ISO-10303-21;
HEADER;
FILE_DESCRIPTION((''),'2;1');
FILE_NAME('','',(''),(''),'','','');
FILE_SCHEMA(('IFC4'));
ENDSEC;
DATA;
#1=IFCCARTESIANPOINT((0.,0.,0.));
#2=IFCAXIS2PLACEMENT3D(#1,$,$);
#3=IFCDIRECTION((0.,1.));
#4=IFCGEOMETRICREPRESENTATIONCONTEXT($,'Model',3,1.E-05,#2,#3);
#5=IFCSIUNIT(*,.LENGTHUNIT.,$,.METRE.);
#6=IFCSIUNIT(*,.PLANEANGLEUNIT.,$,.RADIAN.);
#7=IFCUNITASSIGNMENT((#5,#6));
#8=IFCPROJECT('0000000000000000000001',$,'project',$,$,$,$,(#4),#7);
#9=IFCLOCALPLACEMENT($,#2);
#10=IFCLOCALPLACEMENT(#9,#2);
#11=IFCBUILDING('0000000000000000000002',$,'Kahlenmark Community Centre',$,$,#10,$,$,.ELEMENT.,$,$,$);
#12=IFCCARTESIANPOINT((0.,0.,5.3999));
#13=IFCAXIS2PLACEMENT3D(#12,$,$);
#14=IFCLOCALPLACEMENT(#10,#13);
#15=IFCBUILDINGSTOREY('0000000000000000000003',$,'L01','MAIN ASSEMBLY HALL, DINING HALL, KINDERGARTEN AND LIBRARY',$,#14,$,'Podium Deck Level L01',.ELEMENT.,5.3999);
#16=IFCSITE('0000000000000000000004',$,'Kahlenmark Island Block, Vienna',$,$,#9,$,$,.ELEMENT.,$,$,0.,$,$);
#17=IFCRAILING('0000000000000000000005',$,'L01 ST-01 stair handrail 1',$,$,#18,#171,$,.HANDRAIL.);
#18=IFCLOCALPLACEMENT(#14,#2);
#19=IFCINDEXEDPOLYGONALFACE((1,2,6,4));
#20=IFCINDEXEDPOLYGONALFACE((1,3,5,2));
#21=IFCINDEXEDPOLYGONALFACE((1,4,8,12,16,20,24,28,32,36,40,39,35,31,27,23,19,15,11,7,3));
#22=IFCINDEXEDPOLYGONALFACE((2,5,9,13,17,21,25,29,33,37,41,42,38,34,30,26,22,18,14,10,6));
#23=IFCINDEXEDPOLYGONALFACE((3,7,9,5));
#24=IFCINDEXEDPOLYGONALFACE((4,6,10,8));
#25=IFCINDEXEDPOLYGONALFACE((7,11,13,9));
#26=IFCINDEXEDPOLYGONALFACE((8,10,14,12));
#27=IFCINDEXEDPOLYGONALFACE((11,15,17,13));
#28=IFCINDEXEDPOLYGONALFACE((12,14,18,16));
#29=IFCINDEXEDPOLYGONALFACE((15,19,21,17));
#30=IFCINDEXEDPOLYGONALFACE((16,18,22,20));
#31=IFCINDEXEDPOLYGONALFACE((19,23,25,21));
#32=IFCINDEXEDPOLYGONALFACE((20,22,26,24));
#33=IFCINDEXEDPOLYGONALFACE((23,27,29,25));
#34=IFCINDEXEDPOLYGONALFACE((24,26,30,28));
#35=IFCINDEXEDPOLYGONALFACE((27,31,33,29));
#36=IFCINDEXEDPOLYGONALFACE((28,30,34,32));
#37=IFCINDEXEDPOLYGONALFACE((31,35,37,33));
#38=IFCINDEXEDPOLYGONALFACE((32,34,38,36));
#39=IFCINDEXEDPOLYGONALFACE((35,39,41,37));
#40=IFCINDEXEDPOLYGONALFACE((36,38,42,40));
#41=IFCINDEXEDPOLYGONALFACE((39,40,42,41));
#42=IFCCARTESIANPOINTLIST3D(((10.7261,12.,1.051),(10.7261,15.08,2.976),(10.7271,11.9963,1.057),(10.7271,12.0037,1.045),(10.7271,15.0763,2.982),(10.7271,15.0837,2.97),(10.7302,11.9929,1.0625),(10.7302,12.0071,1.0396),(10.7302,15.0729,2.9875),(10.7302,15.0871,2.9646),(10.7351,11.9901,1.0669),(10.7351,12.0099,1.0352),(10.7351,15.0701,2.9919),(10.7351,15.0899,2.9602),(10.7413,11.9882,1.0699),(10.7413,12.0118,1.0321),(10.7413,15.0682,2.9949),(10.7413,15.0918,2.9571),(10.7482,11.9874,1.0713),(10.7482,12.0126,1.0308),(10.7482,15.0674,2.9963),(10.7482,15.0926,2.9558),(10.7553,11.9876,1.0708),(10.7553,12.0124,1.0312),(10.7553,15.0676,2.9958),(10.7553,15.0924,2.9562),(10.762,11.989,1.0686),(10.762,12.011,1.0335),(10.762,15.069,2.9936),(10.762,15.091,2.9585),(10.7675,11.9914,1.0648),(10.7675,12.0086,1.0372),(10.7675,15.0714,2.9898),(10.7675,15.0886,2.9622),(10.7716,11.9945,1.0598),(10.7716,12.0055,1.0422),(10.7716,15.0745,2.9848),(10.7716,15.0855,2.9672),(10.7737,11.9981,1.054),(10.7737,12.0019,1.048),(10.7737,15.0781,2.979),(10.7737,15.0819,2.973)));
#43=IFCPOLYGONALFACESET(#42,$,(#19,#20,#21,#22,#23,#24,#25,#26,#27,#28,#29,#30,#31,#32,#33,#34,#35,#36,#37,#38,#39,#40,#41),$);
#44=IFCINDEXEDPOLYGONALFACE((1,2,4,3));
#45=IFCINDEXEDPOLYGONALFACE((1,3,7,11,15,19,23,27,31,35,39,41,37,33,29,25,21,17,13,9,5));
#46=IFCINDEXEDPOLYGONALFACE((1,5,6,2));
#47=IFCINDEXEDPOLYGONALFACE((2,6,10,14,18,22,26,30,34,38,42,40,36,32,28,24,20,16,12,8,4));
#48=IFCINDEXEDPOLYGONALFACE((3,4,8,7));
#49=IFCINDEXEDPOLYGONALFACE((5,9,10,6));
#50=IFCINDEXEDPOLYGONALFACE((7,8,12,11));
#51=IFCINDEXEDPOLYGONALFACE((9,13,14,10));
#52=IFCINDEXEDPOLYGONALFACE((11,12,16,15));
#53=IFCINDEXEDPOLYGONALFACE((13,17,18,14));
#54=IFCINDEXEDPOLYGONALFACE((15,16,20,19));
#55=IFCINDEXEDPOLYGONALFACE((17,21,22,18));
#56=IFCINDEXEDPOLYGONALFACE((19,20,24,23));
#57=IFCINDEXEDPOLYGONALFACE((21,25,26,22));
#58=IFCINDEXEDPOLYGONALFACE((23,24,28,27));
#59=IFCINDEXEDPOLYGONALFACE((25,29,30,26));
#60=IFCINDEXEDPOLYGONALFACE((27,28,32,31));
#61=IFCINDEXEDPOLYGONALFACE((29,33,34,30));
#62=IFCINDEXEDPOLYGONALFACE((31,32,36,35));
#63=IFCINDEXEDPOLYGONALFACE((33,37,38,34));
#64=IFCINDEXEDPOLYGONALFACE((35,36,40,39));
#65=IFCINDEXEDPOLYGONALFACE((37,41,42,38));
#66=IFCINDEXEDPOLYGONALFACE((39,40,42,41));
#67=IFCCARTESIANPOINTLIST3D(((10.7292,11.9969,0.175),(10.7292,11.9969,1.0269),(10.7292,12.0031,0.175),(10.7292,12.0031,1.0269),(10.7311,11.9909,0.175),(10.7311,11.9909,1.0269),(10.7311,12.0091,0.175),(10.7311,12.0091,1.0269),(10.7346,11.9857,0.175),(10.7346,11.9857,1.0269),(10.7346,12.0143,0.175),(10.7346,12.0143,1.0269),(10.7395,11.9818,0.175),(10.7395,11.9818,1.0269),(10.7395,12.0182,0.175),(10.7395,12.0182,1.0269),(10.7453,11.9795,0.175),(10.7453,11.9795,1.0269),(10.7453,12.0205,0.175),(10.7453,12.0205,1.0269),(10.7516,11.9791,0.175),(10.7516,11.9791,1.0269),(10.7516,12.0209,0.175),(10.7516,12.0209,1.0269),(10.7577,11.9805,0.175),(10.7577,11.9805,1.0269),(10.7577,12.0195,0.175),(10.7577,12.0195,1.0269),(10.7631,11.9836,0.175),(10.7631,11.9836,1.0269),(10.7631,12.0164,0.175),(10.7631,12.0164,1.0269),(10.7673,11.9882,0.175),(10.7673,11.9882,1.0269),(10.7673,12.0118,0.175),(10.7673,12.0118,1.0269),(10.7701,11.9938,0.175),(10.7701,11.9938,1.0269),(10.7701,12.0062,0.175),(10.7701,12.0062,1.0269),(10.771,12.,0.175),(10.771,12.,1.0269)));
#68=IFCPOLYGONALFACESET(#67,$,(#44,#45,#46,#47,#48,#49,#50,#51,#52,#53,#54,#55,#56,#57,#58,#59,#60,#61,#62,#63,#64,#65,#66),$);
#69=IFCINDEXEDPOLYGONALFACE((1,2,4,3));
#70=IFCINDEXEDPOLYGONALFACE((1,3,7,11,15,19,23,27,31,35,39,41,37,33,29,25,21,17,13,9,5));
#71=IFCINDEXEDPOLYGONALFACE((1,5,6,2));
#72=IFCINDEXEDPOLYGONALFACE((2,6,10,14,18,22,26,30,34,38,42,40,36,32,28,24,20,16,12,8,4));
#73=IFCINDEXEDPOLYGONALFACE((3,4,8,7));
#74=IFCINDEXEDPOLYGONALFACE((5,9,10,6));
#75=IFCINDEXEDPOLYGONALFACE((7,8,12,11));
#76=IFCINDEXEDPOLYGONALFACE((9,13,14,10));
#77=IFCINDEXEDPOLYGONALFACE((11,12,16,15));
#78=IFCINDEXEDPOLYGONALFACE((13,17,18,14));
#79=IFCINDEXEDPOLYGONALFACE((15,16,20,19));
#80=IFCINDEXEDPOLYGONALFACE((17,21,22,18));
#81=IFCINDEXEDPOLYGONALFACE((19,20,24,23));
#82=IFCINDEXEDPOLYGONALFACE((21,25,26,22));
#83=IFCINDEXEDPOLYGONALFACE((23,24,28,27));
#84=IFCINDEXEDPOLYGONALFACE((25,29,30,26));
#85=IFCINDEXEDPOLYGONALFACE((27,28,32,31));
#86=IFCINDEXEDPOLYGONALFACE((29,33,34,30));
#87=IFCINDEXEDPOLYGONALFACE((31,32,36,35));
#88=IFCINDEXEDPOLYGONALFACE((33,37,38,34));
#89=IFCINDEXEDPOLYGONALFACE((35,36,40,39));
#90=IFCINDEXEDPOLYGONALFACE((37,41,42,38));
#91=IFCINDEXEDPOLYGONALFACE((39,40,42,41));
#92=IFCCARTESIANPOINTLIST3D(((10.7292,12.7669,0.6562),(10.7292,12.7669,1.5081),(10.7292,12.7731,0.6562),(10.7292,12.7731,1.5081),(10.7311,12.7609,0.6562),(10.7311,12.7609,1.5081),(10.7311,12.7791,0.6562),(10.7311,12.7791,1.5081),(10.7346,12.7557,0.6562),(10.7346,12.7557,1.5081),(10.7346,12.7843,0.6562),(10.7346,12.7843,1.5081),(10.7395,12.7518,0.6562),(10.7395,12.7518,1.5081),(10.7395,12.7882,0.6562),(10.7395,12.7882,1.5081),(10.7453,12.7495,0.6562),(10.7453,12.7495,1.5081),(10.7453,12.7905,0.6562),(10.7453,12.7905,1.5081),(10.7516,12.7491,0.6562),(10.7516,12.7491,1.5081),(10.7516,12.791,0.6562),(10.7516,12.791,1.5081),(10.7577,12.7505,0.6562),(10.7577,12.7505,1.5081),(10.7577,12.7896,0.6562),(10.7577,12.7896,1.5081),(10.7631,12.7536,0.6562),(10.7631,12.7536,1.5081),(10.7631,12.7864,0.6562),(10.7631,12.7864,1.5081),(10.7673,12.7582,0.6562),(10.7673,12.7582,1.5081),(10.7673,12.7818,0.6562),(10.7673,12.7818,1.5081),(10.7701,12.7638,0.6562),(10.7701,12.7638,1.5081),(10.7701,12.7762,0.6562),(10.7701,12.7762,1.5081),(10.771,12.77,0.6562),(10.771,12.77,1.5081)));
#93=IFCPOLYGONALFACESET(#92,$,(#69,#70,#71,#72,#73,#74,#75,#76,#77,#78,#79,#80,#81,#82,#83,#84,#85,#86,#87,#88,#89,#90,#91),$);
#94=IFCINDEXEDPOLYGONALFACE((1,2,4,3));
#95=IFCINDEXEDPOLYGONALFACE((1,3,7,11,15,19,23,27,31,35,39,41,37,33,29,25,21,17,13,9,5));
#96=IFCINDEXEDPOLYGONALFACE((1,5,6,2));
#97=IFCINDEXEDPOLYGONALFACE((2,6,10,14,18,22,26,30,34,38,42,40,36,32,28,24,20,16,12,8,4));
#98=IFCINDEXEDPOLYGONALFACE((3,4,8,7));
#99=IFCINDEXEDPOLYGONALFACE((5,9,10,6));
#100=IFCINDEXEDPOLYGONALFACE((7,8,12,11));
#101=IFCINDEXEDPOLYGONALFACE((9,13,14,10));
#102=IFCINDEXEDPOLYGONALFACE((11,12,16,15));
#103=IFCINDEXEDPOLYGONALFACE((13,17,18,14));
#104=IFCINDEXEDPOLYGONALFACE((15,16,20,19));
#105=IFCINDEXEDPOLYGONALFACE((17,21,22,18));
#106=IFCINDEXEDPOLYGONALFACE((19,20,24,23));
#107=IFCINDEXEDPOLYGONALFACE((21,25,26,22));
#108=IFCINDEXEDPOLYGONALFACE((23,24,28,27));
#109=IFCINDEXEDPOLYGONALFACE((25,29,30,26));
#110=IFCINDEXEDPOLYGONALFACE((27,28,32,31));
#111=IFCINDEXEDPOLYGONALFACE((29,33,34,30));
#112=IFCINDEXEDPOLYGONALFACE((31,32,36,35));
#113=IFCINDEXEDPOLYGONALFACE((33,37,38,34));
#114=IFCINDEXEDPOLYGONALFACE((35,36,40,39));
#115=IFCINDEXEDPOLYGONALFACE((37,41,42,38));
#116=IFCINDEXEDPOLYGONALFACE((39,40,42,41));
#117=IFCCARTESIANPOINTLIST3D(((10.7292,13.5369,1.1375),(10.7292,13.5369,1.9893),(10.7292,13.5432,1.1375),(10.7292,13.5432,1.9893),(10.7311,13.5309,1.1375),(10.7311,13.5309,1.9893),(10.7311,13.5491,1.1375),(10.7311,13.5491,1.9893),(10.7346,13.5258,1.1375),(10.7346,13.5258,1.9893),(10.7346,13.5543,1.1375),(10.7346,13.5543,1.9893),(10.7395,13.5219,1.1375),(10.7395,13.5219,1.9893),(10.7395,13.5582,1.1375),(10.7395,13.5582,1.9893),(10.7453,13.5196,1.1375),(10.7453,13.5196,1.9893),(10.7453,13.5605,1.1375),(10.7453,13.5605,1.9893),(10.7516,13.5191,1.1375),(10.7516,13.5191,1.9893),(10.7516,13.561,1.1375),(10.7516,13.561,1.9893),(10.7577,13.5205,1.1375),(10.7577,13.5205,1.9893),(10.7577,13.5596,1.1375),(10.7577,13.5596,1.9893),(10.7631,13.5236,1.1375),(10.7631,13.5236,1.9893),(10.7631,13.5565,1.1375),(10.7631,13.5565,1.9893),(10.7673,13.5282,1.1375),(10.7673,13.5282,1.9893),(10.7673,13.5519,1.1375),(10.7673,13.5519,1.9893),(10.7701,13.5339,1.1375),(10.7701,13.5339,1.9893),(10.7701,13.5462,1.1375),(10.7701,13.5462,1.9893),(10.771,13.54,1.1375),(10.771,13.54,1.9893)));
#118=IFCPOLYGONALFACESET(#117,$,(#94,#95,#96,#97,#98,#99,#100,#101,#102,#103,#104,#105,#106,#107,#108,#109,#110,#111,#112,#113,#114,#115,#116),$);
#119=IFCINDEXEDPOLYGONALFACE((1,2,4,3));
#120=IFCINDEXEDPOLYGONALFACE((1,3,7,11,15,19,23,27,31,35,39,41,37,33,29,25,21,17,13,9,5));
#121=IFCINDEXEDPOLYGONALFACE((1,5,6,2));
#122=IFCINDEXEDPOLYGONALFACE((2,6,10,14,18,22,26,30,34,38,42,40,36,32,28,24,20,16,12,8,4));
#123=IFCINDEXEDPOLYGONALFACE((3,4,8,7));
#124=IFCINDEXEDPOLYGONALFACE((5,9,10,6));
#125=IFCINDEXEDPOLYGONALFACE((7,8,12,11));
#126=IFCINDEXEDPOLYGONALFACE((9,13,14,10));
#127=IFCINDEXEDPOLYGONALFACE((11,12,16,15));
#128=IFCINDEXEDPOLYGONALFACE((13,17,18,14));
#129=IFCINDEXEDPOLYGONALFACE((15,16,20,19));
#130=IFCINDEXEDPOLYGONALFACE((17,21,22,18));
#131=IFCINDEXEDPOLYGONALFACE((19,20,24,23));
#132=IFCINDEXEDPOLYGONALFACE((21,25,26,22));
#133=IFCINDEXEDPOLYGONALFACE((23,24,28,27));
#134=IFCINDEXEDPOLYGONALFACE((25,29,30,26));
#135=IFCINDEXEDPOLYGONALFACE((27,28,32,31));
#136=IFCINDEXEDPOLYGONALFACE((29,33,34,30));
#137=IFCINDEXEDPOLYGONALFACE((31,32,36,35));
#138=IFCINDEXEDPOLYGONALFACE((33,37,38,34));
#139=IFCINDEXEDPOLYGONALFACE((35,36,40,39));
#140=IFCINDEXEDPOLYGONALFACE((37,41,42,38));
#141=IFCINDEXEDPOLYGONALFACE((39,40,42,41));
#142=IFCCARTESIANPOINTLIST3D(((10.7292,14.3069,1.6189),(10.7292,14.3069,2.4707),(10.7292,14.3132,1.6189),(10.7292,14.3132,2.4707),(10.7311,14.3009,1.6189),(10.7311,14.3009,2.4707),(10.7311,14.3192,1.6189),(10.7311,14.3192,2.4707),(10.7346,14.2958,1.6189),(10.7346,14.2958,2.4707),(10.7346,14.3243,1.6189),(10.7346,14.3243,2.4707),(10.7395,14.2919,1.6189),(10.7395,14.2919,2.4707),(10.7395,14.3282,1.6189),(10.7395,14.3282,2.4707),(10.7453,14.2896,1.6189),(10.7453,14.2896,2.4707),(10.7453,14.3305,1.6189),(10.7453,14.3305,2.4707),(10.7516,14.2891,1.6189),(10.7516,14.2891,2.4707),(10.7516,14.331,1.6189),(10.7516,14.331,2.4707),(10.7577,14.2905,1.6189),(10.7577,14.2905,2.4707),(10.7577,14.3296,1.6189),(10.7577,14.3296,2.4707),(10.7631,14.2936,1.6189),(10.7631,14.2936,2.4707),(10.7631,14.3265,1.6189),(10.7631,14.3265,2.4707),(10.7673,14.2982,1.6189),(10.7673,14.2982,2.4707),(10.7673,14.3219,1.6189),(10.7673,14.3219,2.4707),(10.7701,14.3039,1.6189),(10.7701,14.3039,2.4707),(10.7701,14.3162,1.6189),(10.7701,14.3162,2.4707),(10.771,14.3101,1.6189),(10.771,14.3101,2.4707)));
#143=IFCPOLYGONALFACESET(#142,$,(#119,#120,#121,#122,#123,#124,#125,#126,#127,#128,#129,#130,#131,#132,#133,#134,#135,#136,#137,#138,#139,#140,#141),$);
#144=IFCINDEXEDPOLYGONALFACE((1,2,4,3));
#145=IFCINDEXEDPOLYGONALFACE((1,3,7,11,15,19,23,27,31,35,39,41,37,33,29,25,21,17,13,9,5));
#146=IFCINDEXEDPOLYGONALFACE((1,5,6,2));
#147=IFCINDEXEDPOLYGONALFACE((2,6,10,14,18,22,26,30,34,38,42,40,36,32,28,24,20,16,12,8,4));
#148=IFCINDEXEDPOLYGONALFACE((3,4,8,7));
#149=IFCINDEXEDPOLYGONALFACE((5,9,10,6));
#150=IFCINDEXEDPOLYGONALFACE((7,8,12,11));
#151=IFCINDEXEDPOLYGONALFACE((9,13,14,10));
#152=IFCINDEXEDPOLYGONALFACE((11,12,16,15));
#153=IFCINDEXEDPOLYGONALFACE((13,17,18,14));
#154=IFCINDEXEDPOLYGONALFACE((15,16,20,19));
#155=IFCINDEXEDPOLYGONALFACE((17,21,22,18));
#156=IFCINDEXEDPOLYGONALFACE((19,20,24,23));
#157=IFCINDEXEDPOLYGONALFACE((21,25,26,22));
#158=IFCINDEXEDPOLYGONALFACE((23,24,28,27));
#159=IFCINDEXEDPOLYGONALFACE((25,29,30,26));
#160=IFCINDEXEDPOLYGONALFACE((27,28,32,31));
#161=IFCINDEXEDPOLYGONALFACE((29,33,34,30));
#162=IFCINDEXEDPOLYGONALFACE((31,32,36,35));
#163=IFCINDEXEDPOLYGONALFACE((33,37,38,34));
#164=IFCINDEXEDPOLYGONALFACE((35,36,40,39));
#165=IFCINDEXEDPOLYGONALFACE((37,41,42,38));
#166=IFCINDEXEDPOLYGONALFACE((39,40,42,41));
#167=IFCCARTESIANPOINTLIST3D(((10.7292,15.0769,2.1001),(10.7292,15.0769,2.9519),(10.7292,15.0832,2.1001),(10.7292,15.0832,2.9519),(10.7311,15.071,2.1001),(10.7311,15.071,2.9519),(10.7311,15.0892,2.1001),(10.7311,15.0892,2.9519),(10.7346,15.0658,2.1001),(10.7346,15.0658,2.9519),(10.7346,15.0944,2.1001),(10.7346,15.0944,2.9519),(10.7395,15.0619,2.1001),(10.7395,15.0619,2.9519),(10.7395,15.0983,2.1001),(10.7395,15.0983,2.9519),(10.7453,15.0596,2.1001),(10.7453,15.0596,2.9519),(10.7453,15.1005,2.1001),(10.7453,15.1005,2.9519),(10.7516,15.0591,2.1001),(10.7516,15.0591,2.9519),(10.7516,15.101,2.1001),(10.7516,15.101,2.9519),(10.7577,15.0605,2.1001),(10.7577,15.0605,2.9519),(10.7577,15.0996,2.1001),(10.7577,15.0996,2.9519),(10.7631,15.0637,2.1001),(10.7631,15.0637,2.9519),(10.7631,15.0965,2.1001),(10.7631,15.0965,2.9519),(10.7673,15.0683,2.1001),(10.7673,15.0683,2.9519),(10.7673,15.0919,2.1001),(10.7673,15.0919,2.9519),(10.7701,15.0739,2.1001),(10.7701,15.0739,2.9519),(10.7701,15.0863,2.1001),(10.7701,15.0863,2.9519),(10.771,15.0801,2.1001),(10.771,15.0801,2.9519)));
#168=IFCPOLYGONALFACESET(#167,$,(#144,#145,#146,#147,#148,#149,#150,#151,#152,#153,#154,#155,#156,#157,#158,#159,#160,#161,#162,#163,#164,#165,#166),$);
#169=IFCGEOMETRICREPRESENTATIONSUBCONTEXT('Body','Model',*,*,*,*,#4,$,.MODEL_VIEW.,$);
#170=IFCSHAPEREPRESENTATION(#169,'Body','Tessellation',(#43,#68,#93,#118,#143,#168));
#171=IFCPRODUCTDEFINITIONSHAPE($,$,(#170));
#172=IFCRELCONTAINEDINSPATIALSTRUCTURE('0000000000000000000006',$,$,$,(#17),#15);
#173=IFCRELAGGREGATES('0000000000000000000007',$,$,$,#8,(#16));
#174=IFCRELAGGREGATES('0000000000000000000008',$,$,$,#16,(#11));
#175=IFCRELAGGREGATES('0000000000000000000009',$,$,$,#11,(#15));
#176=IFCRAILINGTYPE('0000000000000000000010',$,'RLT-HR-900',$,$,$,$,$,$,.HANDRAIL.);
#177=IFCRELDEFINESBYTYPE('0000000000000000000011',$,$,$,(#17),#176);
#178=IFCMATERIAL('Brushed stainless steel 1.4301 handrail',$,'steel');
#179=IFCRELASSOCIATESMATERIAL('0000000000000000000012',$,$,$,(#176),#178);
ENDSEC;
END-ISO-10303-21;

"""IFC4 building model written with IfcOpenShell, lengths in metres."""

from ifc_helpers import new_model, si_unit, direction, frame, origin, origin_2d, place, context, subcontext, project, spatial, circle, extrude, material, type_object, element, save


model = new_model("IFC4")

# Units and contexts
model_context = context("Model", 3, precision=1e-05, world=origin(), true_north=direction((0.0, 1.0)))
body_context = subcontext(model_context, "Body", "Model", "MODEL_VIEW")
ifc_project = project(units=[si_unit("LENGTHUNIT", "METRE"), si_unit("PLANEANGLEUNIT", "RADIAN")], contexts=[model_context])

# Site, building, storey
site_placement = place(None, origin())
site = spatial("IfcSite", under=ifc_project, at=site_placement, Name="Kahlenmark Island Block, Vienna", CompositionType="ELEMENT", RefElevation=0.0)
building_placement = place(site_placement, origin())
building = spatial("IfcBuilding", under=site, at=building_placement, Name="Kahlenmark Community Centre", CompositionType="ELEMENT")
storey_placement = place(building_placement, frame((0.0, 0.0, 5.3999)))
storey = spatial("IfcBuildingStorey", under=building, at=storey_placement, Name="L01", Description="MAIN ASSEMBLY HALL, DINING HALL, KINDERGARTEN AND LIBRARY", LongName="Podium Deck Level L01", CompositionType="ELEMENT", Elevation=5.3999)

# Railing
ifc_material_1 = material(Name="Brushed stainless steel 1.4301 handrail", Category="steel")
railing_type_1 = type_object("IfcRailingType", Name="RLT-HR-900", PredefinedType="HANDRAIL", material=ifc_material_1)
railing_1_placement = place(storey_placement, frame((10.75, 12.0, 0.175)))
element("IfcRailing", 1, at=railing_1_placement, inside=storey, type_object=railing_type_1, Name="L01 ST-01 stair handrail 1", PredefinedType="HANDRAIL", context=body_context, shape_type="SweptSolid", body=[
    extrude(circle(Radius=0.0239, at=origin_2d()), frame((0.0, 0.0, 0.876), z_axis=(0.0, 0.847998, 0.529999), x_axis=(-1.0, 0.0, 0.0)), (0.0, 0.0, 1.0), 3.6321),
    extrude(circle(Radius=0.021, at=origin_2d()), origin(), (0.0, 0.0, 1.0), 0.8518),
    extrude(circle(Radius=0.021, at=origin_2d()), frame((0.0, 0.77, 0.4812)), (0.0, 0.0, 1.0), 0.8518),
    extrude(circle(Radius=0.021, at=origin_2d()), frame((0.0, 1.54, 0.9624)), (0.0, 0.0, 1.0), 0.8518),
    extrude(circle(Radius=0.021, at=origin_2d()), frame((0.0, 2.3101, 1.4438)), (0.0, 0.0, 1.0), 0.8518),
    extrude(circle(Radius=0.021, at=origin_2d()), frame((0.0, 3.0801, 1.925)), (0.0, 0.0, 1.0), 0.8518),
])

save(model, "model.ifc")
